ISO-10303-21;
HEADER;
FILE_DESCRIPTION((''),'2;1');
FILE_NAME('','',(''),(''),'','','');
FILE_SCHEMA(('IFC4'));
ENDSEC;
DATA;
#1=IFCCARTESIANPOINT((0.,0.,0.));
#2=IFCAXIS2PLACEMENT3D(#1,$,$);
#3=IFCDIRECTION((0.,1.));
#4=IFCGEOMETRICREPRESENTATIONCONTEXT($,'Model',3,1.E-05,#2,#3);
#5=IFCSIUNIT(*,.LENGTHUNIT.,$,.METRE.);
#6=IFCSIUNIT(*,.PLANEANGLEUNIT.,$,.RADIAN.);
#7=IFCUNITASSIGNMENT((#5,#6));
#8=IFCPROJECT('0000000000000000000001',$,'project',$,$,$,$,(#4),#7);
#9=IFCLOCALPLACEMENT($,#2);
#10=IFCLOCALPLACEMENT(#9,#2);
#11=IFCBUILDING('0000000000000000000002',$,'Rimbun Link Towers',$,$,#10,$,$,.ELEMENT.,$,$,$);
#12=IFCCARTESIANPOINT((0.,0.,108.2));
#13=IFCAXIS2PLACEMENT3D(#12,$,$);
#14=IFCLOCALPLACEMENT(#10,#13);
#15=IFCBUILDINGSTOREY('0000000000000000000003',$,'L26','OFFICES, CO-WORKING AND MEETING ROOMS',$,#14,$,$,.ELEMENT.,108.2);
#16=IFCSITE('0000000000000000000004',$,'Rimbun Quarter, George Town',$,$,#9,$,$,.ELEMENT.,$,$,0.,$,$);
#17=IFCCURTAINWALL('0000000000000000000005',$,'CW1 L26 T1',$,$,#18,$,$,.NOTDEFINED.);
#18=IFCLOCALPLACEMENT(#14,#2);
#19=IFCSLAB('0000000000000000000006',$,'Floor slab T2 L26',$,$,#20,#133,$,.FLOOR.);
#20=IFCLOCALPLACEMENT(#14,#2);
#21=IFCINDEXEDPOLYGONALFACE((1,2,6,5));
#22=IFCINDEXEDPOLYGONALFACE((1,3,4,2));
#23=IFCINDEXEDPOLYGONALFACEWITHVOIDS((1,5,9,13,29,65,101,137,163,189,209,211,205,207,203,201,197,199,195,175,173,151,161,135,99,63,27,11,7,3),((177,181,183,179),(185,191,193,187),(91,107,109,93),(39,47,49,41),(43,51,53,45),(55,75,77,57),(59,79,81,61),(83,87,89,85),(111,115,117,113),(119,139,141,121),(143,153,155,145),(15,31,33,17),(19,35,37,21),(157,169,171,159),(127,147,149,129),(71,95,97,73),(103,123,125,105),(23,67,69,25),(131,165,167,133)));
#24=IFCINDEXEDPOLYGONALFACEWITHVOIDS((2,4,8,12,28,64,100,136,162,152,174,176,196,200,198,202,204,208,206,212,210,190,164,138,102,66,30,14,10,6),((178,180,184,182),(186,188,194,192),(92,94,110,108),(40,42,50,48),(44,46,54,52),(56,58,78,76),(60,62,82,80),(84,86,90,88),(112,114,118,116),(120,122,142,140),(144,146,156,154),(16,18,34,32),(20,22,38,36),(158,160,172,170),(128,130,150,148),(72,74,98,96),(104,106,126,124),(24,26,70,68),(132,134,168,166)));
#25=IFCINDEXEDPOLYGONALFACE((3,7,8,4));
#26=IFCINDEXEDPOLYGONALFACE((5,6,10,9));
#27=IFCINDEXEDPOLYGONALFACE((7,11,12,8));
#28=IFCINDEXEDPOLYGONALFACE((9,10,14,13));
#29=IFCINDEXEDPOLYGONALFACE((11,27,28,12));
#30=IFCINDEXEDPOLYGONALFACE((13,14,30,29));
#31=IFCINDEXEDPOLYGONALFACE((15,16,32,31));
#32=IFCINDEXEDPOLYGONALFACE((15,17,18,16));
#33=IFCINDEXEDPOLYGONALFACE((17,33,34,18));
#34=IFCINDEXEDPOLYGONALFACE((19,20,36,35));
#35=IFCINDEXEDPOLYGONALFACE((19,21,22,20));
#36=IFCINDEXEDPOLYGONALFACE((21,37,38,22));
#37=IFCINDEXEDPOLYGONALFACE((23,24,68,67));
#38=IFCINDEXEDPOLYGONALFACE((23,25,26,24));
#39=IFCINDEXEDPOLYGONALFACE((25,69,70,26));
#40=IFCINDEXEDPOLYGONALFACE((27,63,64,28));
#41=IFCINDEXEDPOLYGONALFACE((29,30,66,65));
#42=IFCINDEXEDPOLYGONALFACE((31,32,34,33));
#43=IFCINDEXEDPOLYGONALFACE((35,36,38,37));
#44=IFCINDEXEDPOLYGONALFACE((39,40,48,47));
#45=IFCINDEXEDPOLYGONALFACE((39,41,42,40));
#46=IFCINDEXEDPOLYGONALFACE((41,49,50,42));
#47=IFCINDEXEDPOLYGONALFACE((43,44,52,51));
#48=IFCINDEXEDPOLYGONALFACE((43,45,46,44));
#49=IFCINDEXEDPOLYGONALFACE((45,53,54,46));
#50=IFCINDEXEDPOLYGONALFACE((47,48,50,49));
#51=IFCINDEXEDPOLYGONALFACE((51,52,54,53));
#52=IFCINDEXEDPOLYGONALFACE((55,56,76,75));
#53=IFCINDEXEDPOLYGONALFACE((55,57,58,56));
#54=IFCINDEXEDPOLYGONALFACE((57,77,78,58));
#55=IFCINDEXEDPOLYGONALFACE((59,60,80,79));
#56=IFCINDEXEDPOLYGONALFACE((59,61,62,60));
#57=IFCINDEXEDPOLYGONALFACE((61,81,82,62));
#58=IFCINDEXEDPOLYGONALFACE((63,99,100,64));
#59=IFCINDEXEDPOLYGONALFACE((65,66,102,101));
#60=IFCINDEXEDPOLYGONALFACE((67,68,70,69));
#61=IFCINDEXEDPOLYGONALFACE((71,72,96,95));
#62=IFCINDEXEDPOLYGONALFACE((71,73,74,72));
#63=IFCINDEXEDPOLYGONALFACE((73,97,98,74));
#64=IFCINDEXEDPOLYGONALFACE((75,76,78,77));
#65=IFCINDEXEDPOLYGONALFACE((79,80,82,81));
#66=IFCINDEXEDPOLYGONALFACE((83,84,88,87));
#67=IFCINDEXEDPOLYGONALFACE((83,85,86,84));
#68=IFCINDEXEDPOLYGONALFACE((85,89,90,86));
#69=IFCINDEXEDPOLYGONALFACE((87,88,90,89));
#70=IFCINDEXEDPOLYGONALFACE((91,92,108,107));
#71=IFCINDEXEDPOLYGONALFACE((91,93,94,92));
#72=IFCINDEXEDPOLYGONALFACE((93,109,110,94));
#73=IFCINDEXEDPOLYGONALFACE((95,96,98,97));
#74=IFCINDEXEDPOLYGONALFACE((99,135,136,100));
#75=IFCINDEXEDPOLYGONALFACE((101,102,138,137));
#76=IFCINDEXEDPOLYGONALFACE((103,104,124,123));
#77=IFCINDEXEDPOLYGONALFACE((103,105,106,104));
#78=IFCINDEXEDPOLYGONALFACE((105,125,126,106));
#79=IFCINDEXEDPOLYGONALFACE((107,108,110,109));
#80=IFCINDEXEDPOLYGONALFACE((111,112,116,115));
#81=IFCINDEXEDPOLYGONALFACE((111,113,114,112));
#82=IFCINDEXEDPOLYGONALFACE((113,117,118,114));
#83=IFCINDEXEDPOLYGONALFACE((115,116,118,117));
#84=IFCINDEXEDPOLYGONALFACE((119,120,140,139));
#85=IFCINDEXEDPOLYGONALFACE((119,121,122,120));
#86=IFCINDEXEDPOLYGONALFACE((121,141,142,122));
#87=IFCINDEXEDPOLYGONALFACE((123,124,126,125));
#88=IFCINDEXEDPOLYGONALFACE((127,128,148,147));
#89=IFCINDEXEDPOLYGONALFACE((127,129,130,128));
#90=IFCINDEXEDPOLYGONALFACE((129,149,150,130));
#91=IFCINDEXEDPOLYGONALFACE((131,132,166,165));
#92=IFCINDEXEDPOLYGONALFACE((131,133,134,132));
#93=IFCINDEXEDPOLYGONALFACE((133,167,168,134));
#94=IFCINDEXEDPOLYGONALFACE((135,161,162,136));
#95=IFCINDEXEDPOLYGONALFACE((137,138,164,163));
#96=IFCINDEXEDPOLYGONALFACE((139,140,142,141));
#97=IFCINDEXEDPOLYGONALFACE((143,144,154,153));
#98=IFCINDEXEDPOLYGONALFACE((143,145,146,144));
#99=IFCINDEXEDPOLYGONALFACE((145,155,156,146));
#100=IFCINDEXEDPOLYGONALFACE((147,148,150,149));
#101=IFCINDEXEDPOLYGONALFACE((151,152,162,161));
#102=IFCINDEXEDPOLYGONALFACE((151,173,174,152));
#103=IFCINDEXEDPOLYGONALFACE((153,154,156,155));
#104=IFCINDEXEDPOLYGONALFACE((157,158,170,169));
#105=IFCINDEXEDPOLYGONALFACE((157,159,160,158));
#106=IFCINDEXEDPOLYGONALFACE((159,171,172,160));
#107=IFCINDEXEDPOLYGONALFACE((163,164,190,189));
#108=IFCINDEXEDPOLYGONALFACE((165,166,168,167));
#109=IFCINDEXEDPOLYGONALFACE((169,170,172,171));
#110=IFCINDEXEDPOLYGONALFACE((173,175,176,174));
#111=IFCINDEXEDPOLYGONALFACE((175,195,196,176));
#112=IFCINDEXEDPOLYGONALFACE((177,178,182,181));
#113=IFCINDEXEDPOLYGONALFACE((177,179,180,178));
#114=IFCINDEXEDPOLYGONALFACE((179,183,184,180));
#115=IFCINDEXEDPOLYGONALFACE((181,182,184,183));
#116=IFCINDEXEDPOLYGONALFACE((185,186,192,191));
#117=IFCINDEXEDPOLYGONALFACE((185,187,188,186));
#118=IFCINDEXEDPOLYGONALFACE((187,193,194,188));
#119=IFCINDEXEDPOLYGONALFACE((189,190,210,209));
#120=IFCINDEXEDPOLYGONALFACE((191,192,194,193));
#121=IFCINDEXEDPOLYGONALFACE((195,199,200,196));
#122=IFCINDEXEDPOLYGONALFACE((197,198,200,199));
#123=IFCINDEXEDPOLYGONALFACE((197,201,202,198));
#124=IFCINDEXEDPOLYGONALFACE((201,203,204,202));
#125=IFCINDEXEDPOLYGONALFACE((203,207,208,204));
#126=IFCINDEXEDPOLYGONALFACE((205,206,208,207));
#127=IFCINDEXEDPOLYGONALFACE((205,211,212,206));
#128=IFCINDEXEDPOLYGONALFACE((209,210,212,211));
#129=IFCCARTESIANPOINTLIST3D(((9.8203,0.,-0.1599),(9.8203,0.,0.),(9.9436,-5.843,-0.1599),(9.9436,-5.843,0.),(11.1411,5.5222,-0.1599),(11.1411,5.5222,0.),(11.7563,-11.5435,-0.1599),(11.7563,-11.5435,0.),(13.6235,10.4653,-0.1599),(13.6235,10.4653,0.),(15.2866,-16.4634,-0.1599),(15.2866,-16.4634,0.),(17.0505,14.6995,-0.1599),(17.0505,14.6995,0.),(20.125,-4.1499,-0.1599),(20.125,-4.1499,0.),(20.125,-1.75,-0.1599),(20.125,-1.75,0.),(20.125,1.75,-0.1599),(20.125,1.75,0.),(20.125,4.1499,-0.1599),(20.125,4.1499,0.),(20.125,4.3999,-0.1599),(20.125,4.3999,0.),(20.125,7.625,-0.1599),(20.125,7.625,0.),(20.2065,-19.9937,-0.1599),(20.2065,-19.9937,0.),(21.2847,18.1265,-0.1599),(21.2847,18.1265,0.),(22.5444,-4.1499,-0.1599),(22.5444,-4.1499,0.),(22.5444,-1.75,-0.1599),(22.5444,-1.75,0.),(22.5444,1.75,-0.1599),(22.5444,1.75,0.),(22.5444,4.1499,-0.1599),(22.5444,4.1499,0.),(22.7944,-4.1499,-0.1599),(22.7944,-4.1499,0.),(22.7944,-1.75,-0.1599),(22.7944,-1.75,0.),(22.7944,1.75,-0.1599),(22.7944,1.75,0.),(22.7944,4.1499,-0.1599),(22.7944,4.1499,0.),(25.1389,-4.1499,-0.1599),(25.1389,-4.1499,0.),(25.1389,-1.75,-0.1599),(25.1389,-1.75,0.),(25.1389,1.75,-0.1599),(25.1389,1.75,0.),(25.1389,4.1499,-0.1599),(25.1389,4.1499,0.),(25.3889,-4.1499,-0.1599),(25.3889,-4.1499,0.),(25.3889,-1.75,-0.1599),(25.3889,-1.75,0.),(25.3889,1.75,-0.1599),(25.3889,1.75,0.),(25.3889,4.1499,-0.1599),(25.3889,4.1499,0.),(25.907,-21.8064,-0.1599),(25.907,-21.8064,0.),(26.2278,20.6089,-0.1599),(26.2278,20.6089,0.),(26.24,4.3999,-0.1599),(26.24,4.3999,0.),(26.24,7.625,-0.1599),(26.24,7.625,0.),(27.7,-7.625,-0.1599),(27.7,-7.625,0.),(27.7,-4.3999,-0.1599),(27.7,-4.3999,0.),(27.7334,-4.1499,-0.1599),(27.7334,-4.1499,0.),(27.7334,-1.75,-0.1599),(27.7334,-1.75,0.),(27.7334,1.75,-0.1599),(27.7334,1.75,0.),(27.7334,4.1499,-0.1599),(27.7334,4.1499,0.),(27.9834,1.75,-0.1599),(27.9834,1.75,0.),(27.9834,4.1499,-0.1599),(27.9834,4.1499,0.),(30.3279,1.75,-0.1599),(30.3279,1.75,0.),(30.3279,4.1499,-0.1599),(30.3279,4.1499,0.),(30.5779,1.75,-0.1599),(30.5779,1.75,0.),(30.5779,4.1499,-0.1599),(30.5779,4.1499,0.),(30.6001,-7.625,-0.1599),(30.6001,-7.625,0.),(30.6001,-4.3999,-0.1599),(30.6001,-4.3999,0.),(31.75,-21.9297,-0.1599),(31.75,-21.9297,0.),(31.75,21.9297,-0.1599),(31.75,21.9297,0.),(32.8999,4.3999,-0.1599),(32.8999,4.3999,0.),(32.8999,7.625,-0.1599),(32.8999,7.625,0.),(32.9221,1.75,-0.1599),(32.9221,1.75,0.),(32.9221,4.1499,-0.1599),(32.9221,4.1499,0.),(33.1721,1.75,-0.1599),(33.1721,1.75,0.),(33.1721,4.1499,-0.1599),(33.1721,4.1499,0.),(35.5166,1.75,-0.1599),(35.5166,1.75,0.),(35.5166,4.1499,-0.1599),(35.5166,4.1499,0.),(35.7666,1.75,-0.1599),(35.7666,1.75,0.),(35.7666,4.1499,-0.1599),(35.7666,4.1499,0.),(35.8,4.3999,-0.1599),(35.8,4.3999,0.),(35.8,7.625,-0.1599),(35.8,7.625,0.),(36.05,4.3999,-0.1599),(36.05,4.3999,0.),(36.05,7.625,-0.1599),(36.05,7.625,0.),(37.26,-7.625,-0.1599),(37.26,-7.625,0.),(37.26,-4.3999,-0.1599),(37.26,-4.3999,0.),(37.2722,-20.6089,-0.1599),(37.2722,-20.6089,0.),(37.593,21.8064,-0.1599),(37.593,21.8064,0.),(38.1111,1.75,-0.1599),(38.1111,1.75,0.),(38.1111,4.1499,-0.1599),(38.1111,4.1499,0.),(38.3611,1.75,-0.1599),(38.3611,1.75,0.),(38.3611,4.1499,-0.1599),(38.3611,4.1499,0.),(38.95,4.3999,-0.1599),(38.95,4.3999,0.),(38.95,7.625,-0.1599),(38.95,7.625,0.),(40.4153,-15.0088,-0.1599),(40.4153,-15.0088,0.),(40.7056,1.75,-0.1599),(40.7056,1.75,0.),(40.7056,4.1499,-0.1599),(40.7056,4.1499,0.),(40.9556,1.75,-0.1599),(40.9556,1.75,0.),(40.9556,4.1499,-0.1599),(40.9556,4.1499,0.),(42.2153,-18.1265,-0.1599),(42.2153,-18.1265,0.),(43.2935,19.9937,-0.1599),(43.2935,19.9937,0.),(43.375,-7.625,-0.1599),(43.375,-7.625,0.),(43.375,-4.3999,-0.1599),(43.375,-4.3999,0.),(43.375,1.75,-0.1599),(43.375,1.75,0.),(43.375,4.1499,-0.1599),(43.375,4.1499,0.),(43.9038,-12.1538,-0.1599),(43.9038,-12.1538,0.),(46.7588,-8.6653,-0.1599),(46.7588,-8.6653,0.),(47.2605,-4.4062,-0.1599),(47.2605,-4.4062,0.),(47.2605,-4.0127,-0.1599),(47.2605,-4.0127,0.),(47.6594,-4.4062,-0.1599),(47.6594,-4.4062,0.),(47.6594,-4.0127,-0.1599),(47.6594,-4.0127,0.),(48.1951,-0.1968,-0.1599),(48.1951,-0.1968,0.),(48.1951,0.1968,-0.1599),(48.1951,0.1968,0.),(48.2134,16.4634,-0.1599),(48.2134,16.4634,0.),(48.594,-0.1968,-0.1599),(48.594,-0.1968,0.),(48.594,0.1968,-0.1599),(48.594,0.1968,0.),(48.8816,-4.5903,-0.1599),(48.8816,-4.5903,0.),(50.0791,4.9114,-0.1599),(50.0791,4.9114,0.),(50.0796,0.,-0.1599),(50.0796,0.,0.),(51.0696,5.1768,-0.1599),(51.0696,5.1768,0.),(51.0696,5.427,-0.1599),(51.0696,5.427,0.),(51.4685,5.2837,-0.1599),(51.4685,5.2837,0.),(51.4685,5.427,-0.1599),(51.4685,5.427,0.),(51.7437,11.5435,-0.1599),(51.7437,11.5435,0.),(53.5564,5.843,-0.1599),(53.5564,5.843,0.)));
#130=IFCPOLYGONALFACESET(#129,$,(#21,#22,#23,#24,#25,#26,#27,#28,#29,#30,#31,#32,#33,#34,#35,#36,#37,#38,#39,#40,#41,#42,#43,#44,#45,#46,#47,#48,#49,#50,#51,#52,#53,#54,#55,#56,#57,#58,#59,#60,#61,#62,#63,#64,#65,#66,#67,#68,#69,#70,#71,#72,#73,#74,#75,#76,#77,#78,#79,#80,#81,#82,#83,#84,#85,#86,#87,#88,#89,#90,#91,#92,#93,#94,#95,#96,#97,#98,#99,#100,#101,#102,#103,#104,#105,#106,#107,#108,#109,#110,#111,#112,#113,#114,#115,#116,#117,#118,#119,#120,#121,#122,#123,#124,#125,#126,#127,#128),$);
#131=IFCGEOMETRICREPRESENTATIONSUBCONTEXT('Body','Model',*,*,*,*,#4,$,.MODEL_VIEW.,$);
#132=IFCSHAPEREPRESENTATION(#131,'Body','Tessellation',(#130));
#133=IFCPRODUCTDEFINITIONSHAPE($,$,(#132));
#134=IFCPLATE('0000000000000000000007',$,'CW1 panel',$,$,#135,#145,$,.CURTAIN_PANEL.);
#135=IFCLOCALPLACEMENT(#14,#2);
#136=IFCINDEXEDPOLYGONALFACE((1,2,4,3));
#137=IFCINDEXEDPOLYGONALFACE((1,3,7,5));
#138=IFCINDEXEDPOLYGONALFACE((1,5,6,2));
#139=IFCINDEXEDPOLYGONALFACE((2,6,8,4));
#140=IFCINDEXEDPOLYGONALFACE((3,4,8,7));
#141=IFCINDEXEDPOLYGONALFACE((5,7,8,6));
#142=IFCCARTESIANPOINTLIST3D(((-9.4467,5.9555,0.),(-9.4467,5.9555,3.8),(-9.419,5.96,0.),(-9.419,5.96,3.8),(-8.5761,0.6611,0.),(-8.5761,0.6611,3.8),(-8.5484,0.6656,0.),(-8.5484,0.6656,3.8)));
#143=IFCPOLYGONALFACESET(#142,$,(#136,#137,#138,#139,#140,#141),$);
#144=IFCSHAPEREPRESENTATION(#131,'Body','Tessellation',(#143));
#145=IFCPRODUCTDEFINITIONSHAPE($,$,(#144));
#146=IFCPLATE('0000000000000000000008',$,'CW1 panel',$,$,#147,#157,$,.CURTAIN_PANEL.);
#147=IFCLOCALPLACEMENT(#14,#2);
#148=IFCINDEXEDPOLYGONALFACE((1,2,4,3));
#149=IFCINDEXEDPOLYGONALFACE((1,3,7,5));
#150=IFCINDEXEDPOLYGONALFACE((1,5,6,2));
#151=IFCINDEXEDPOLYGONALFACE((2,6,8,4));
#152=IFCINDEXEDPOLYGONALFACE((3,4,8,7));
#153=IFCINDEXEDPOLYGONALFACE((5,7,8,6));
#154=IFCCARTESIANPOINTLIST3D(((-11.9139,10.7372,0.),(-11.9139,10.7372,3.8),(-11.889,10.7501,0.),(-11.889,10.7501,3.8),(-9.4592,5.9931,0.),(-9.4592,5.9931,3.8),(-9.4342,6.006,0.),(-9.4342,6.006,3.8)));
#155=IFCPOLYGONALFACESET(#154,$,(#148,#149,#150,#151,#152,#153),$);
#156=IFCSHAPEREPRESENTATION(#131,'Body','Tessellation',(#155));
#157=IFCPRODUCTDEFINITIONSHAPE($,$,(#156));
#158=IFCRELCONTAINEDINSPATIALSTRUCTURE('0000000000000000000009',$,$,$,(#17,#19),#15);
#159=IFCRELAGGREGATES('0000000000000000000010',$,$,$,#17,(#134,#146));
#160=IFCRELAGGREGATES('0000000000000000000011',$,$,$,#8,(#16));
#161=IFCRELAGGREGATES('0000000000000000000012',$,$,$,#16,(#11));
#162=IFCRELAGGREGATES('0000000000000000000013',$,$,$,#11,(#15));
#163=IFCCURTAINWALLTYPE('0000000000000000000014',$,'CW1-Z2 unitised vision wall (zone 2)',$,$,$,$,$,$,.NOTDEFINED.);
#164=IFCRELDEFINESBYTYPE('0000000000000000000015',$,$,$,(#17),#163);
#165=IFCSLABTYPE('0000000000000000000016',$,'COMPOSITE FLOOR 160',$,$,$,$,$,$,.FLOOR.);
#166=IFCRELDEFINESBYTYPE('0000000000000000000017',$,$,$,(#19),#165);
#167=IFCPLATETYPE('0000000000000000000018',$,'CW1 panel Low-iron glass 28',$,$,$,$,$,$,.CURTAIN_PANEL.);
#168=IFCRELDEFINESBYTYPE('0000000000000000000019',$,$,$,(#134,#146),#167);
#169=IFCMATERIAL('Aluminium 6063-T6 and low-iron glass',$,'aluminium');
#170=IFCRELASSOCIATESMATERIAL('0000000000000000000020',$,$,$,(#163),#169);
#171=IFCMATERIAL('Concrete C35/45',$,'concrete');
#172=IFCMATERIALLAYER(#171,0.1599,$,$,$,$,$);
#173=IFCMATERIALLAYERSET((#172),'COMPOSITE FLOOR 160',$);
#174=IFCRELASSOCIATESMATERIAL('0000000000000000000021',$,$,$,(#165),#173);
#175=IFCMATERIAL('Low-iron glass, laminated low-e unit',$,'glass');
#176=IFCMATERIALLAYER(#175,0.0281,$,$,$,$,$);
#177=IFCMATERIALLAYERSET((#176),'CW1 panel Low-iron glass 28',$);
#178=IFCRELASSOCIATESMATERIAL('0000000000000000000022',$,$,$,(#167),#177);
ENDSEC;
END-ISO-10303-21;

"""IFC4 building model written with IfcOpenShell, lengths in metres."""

from ifc_helpers import new_model, si_unit, direction, frame, origin, origin_2d, place, context, subcontext, project, spatial, polyline, rectangle, outline, extrude, material, layer, layer_set, type_object, element, aggregate, save


model = new_model("IFC4")

# Units and contexts
model_context = context("Model", 3, precision=1e-05, world=origin(), true_north=direction((0.0, 1.0)))
body_context = subcontext(model_context, "Body", "Model", "MODEL_VIEW")
ifc_project = project(units=[si_unit("LENGTHUNIT", "METRE"), si_unit("PLANEANGLEUNIT", "RADIAN")], contexts=[model_context])

# Site, building, storey
site_placement = place(None, origin())
site = spatial("IfcSite", under=ifc_project, at=site_placement, Name="Rimbun Quarter, George Town", CompositionType="ELEMENT", RefElevation=0.0)
building_placement = place(site_placement, origin())
building = spatial("IfcBuilding", under=site, at=building_placement, Name="Rimbun Link Towers", CompositionType="ELEMENT")
storey_placement = place(building_placement, frame((0.0, 0.0, 108.2)))
storey = spatial("IfcBuildingStorey", under=building, at=storey_placement, Name="L26", Description="OFFICES, CO-WORKING AND MEETING ROOMS", CompositionType="ELEMENT", Elevation=108.2)

# Curtain wall
ifc_material_1 = material(Name="Aluminium 6063-T6 and low-iron glass", Category="aluminium")
curtain_wall_type = type_object("IfcCurtainWallType", Name="CW1-Z2 unitised vision wall (zone 2)", PredefinedType="NOTDEFINED", material=ifc_material_1)
curtain_wall_placement = place(storey_placement, origin())
curtain_wall = element("IfcCurtainWall", 1, at=curtain_wall_placement, inside=storey, type_object=curtain_wall_type, Name="CW1 L26 T1", PredefinedType="NOTDEFINED")

# Slab
ifc_material_2 = material(Name="Concrete C35/45", Category="concrete")
ifc_layer_1 = layer(ifc_material_2, 0.1599)
ifc_layer_set_1 = layer_set([ifc_layer_1], Name="COMPOSITE FLOOR 160")
slab_type = type_object("IfcSlabType", Name="COMPOSITE FLOOR 160", PredefinedType="FLOOR", material=ifc_layer_set_1)
slab_1_placement = place(storey_placement, frame((0.0, 0.0, -0.1599)))
element("IfcSlab", 2, at=slab_1_placement, inside=storey, type_object=slab_type, Name="Floor slab T2 L26", PredefinedType="FLOOR", context=body_context, shape_type="SweptSolid", body=[
    extrude(outline(polyline([(50.0791, 4.9114), (50.0796, 0.0), (48.8816, -4.5903), (46.7588, -8.6653), (43.9038, -12.1538), (40.4153, -15.0088), (42.2153, -18.1265), (37.2722, -20.6089), (31.75, -21.9297), (25.907, -21.8064), (20.2065, -19.9937), (15.2866, -16.4634), (11.7563, -11.5435), (9.9436, -5.843), (9.8203, 0.0), (11.1411, 5.5222), (13.6235, 10.4653), (17.0505, 14.6995), (21.2847, 18.1265), (26.2278, 20.6089), (31.75, 21.9297), (37.593, 21.8064), (43.2935, 19.9937), (48.2134, 16.4634), (51.7437, 11.5435), (53.5564, 5.843), (51.4685, 5.2837), (51.4685, 5.427), (51.0696, 5.427), (51.0696, 5.1768), (50.0791, 4.9114)]), holes=[polyline([(30.6001, -7.625), (30.6001, -4.3999), (27.7, -4.3999), (27.7, -7.625), (30.6001, -7.625)]), polyline([(22.5444, -4.1499), (22.5444, -1.75), (20.125, -1.75), (20.125, -4.1499), (22.5444, -4.1499)]), polyline([(25.1389, -4.1499), (25.1389, -1.75), (22.7944, -1.75), (22.7944, -4.1499), (25.1389, -4.1499)]), polyline([(25.3889, -4.1499), (27.7334, -4.1499), (27.7334, -1.75), (25.3889, -1.75), (25.3889, -4.1499)]), polyline([(20.125, 1.75), (22.5444, 1.75), (22.5444, 4.1499), (20.125, 4.1499), (20.125, 1.75)]), polyline([(25.1389, 1.75), (25.1389, 4.1499), (22.7944, 4.1499), (22.7944, 1.75), (25.1389, 1.75)]), polyline([(27.7334, 1.75), (27.7334, 4.1499), (25.3889, 4.1499), (25.3889, 1.75), (27.7334, 1.75)]), polyline([(30.3279, 1.75), (30.3279, 4.1499), (27.9834, 4.1499), (27.9834, 1.75), (30.3279, 1.75)]), polyline([(30.5779, 1.75), (32.9221, 1.75), (32.9221, 4.1499), (30.5779, 4.1499), (30.5779, 1.75)]), polyline([(20.125, 4.3999), (26.24, 4.3999), (26.24, 7.625), (20.125, 7.625), (20.125, 4.3999)]), polyline([(43.375, -7.625), (43.375, -4.3999), (37.26, -4.3999), (37.26, -7.625), (43.375, -7.625)]), polyline([(47.6594, -4.4062), (47.6594, -4.0127), (47.2605, -4.0127), (47.2605, -4.4062), (47.6594, -4.4062)]), polyline([(48.594, -0.1968), (48.594, 0.1968), (48.1951, 0.1968), (48.1951, -0.1968), (48.594, -0.1968)]), polyline([(33.1721, 1.75), (35.5166, 1.75), (35.5166, 4.1499), (33.1721, 4.1499), (33.1721, 1.75)]), polyline([(35.7666, 1.75), (38.1111, 1.75), (38.1111, 4.1499), (35.7666, 4.1499), (35.7666, 1.75)]), polyline([(40.7056, 1.75), (40.7056, 4.1499), (38.3611, 4.1499), (38.3611, 1.75), (40.7056, 1.75)]), polyline([(43.375, 1.75), (43.375, 4.1499), (40.9556, 4.1499), (40.9556, 1.75), (43.375, 1.75)]), polyline([(32.8999, 4.3999), (35.8, 4.3999), (35.8, 7.625), (32.8999, 7.625), (32.8999, 4.3999)]), polyline([(36.05, 4.3999), (38.95, 4.3999), (38.95, 7.625), (36.05, 7.625), (36.05, 4.3999)])]), origin(), (0.0, 0.0, 1.0), 0.1599),
])

# Plates
ifc_material_3 = material(Name="Low-iron glass, laminated low-e unit", Category="glass")
ifc_layer_2 = layer(ifc_material_3, 0.0281)
ifc_layer_set_2 = layer_set([ifc_layer_2], Name="CW1 panel Low-iron glass 28")
plate_type = type_object("IfcPlateType", Name="CW1 panel Low-iron glass 28", PredefinedType="CURTAIN_PANEL", material=ifc_layer_set_2)
plate_1_placement = place(storey_placement, frame((-8.9976, 3.3105, 0.0), z_axis=(0.0, 0.0, 1.0), x_axis=(0.162248, -0.98675, 0.0)))
plate_1 = element("IfcPlate", 3, at=plate_1_placement, type_object=plate_type, Name="CW1 panel", PredefinedType="CURTAIN_PANEL", context=body_context, shape_type="SweptSolid", body=[
    extrude(rectangle(XDim=5.3655, YDim=0.0281, at=origin_2d()), origin(), (0.0, 0.0, 1.0), 3.8),
])
plate_2_placement = place(storey_placement, frame((-10.6741, 8.3716, 0.0), z_axis=(0.0, 0.0, 1.0), x_axis=(0.459555, -0.888149, 0.0)))
plate_2 = element("IfcPlate", 4, at=plate_2_placement, type_object=plate_type, Name="CW1 panel", PredefinedType="CURTAIN_PANEL", context=body_context, shape_type="SweptSolid", body=[
    extrude(rectangle(XDim=5.3416, YDim=0.0281, at=origin_2d()), origin(), (0.0, 0.0, 1.0), 3.8),
])
aggregate(curtain_wall, [plate_1, plate_2])

save(model, "model.ifc")
